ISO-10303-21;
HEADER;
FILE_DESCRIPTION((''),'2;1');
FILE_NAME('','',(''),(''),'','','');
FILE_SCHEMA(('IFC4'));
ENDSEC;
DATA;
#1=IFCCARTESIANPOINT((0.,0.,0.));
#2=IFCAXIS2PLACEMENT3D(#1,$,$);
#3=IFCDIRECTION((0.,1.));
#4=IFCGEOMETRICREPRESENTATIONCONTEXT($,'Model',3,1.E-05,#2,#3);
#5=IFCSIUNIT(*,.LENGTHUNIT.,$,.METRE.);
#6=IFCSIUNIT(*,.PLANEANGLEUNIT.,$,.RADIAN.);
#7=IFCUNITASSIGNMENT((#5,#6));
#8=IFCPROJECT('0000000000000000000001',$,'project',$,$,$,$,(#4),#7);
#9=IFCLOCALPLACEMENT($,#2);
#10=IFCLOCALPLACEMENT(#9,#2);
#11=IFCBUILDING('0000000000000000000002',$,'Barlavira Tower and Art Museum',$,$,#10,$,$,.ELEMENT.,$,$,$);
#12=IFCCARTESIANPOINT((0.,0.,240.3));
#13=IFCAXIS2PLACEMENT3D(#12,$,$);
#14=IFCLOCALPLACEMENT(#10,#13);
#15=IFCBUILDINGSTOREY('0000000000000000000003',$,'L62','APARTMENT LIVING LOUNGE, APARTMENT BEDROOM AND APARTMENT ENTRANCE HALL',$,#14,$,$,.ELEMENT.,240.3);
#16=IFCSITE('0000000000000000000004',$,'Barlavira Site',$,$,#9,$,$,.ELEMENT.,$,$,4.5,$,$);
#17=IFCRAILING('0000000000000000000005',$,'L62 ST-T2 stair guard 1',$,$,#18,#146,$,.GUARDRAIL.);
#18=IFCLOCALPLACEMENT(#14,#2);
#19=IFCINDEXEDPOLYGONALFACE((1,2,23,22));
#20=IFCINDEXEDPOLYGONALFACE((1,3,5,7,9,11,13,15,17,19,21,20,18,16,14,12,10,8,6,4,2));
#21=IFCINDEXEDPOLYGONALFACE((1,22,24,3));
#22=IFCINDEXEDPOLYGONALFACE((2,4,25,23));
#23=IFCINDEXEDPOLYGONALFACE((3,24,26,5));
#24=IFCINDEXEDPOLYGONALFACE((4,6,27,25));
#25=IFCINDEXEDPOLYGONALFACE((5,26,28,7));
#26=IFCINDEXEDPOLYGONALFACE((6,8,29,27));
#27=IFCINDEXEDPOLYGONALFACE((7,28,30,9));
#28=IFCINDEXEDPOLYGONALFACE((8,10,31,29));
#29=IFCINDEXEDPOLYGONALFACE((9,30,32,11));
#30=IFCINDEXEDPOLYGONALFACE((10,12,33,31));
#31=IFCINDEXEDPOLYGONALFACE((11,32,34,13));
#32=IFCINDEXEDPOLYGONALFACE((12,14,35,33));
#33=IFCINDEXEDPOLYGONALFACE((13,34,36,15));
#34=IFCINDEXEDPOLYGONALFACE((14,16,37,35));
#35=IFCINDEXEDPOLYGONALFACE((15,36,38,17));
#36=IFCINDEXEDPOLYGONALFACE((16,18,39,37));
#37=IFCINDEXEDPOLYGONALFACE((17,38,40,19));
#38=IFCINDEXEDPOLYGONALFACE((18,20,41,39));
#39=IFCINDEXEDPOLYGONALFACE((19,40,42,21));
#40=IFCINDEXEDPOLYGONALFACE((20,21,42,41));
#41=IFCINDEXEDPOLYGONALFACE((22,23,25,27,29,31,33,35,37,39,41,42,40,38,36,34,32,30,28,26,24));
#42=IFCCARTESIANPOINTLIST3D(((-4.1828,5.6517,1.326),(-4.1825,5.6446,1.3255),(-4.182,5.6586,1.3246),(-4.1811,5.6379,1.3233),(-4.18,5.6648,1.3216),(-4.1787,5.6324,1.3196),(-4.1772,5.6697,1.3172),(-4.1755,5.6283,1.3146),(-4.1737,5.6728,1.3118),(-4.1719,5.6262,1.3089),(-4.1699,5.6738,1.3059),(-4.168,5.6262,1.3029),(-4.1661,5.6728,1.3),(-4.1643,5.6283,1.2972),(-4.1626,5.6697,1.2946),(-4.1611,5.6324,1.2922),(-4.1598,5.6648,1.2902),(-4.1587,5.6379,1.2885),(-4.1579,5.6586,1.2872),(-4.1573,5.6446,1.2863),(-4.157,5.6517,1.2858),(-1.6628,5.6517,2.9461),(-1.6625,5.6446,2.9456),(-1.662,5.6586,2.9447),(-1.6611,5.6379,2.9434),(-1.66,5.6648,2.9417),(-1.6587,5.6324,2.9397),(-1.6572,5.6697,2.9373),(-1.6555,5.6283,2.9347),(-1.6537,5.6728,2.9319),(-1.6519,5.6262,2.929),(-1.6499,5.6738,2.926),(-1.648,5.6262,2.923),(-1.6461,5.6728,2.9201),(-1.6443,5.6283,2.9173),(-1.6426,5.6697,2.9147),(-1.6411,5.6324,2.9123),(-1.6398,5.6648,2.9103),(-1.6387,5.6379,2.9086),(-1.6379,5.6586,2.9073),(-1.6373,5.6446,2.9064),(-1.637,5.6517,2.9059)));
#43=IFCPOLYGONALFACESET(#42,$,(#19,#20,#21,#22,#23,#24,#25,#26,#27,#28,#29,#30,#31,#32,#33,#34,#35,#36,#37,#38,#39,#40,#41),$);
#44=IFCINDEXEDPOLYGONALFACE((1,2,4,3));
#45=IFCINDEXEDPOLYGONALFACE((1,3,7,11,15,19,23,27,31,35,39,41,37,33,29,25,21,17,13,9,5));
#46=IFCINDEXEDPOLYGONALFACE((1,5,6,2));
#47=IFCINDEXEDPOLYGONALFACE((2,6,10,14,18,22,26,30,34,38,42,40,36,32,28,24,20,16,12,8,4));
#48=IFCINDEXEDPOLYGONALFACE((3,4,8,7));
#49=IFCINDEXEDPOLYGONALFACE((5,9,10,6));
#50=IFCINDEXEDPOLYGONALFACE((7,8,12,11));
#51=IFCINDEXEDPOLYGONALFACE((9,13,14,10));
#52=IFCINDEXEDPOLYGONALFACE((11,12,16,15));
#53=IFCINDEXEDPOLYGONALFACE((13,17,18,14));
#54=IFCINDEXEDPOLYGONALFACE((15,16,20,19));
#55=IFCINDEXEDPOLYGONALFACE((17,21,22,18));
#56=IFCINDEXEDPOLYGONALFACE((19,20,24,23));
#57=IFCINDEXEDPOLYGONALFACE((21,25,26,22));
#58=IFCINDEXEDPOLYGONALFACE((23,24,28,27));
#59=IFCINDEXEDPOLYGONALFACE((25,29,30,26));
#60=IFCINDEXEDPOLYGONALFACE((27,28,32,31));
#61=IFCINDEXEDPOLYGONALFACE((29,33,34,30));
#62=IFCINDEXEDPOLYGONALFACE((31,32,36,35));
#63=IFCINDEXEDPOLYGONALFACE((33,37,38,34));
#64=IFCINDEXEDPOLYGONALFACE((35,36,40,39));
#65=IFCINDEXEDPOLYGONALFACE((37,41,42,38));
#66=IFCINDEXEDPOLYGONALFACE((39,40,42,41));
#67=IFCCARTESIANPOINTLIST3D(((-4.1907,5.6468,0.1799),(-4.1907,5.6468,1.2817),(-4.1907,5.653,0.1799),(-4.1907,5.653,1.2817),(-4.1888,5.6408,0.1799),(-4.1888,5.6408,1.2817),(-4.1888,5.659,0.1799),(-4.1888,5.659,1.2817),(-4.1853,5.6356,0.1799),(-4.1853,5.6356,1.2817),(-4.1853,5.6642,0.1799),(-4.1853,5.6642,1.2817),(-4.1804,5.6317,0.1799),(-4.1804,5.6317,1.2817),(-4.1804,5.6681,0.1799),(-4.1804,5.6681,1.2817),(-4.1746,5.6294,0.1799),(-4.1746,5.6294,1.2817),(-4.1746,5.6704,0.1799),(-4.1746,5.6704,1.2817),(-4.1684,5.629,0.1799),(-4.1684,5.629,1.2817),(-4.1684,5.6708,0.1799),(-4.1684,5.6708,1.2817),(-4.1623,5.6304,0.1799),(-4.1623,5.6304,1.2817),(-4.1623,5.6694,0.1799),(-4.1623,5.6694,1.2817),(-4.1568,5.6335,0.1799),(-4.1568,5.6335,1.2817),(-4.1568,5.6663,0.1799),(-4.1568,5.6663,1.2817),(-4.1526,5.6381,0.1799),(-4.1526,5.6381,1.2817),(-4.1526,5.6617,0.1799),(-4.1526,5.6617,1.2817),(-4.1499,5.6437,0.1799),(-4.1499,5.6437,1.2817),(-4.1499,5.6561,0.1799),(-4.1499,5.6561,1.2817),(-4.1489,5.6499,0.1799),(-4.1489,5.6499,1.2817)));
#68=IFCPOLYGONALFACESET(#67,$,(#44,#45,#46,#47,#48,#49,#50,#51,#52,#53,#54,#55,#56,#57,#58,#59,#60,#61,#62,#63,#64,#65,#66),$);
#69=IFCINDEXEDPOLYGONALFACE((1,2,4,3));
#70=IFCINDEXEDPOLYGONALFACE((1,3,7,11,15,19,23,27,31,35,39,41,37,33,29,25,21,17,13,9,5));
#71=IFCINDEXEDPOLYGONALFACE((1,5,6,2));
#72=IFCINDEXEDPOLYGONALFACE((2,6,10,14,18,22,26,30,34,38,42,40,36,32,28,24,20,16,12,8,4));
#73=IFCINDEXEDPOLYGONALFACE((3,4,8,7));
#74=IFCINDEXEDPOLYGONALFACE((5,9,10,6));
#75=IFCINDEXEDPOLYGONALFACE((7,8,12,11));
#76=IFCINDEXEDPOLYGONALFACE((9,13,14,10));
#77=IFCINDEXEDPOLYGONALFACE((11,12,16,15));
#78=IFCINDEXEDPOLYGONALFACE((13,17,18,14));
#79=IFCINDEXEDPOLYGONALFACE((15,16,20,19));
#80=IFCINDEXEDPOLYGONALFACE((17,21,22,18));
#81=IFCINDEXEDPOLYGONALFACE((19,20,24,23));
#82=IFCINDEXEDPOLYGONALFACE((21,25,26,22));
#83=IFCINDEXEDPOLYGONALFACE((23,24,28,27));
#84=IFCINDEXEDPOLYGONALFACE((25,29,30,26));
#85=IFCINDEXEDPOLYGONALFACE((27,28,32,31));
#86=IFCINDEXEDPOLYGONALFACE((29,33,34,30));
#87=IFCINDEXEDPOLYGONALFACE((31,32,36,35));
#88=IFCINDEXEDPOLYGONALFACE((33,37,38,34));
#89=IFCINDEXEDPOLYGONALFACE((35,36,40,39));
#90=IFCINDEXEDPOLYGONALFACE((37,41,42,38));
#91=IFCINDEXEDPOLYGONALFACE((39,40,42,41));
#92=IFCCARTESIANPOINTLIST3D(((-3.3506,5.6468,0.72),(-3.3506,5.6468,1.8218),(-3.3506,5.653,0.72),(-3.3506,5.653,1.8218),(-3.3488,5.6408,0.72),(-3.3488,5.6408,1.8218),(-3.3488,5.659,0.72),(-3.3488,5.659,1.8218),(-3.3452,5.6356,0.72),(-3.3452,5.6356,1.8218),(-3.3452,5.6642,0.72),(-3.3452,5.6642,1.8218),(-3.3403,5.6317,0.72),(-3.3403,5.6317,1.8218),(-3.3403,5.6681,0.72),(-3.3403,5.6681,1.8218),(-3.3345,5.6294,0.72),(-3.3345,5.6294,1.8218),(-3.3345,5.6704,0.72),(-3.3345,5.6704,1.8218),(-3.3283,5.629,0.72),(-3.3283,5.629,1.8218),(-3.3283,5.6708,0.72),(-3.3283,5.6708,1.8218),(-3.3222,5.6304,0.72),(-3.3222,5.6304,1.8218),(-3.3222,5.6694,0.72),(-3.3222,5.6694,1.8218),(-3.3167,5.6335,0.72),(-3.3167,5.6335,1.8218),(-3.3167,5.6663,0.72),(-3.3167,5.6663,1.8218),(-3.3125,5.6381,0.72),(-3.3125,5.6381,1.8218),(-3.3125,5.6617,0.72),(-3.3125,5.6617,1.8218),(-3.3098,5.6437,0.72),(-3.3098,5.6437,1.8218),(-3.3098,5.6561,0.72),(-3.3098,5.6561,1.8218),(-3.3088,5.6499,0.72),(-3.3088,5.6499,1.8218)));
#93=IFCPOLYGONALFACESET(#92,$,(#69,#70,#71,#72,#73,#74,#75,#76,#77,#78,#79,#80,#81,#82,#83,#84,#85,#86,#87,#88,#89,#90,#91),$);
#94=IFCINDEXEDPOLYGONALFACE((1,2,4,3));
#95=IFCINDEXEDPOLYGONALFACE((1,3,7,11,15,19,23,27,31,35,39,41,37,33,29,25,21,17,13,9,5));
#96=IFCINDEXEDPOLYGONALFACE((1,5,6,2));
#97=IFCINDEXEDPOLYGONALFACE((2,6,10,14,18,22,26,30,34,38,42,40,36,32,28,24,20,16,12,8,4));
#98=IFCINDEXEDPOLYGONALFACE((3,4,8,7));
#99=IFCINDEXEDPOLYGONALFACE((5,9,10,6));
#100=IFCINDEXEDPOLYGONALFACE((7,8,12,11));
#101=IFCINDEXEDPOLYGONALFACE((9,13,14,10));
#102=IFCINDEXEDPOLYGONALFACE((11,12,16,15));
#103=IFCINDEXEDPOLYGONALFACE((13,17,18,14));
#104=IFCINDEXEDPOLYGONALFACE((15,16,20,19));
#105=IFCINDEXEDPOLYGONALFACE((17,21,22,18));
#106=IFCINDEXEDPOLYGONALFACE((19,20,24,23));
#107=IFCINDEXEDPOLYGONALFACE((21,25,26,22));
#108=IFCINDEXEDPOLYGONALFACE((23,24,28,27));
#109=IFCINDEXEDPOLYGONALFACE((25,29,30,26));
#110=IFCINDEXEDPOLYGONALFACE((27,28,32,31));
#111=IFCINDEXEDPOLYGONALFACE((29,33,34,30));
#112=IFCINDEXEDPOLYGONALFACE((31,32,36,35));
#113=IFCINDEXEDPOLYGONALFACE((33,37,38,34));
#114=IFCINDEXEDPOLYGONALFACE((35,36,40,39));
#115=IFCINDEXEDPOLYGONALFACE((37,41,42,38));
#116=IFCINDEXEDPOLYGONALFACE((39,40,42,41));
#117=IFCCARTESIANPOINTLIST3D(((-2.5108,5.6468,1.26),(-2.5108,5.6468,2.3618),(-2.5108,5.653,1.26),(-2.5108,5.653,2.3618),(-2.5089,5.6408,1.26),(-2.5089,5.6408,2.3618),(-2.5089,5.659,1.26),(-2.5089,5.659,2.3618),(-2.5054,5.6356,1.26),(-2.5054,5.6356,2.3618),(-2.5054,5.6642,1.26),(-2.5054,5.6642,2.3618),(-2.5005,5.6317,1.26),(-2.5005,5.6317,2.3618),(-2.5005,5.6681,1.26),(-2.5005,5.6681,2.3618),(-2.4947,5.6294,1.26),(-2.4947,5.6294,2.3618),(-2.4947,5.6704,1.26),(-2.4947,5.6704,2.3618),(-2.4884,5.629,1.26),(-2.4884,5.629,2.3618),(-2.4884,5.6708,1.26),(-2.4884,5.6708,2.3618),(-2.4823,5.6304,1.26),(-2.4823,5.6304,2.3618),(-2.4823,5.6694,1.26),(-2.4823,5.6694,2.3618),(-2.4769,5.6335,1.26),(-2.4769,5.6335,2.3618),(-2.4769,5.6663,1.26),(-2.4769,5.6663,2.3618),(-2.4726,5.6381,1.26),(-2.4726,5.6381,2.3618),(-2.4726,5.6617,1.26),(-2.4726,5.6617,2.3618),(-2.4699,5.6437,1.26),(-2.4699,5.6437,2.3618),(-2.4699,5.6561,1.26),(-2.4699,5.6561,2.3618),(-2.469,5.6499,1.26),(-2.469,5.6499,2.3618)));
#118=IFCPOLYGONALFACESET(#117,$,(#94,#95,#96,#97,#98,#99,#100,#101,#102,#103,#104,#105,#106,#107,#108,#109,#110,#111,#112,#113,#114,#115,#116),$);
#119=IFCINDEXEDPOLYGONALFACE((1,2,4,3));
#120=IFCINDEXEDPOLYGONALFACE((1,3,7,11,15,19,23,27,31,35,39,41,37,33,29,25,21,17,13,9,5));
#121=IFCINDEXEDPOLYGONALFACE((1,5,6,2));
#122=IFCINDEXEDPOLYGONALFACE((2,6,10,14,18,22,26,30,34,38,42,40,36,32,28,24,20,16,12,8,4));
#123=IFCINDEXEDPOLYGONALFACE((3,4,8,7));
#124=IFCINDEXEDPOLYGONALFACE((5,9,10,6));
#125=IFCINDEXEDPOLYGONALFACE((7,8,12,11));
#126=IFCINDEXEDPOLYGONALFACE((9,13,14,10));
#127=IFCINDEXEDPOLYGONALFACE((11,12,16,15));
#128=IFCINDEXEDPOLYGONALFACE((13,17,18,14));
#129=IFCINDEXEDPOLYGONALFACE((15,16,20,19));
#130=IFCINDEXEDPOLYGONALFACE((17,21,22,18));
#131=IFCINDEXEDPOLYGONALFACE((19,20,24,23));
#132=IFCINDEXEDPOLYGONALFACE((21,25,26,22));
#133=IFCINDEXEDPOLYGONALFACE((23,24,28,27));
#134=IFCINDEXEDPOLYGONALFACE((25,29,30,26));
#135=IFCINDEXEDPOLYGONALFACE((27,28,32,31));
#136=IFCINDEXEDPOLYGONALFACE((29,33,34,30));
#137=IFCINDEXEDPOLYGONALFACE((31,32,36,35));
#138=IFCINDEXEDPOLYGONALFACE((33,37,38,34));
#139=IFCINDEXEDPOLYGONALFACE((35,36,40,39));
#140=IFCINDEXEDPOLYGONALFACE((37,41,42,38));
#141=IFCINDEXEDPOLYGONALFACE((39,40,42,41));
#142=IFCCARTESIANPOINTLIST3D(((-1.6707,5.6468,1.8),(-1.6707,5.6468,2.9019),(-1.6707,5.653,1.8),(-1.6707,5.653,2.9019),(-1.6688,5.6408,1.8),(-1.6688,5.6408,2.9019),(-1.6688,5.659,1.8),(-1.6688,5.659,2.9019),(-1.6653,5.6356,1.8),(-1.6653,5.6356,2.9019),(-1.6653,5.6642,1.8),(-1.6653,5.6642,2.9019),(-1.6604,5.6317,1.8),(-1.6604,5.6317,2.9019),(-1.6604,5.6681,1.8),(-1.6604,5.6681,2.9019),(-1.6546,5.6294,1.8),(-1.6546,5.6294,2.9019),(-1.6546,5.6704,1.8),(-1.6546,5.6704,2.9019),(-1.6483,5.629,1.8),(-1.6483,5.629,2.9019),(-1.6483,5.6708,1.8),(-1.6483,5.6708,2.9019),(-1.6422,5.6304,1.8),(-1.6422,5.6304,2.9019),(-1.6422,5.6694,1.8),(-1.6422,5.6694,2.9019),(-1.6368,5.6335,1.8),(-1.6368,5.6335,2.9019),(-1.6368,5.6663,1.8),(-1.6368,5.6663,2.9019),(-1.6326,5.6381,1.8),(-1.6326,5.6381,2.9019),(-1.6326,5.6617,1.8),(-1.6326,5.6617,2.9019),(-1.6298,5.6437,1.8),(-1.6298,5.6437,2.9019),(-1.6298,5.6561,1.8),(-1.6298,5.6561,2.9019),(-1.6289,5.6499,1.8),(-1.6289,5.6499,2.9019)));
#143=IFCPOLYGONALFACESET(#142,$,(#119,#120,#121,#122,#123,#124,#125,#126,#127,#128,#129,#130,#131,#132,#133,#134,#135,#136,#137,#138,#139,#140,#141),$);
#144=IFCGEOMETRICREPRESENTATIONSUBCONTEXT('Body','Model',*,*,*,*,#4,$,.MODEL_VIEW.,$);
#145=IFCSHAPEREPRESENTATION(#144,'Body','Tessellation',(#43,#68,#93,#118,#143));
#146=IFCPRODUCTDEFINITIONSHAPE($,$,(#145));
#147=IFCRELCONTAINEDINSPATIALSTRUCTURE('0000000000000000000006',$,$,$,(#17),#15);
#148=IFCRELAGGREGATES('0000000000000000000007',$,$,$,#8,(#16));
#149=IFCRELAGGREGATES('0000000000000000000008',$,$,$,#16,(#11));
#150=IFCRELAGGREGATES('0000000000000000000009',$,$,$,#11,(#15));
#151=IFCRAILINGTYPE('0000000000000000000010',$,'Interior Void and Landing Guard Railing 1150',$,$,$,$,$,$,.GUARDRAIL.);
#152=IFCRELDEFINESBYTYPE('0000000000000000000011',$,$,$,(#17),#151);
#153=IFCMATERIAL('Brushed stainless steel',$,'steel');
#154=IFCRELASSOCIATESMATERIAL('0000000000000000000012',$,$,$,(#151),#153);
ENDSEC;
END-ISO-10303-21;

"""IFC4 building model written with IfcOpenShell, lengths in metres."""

from ifc_helpers import new_model, si_unit, direction, frame, origin, origin_2d, place, context, subcontext, project, spatial, circle, extrude, material, type_object, element, save


model = new_model("IFC4")

# Units and contexts
model_context = context("Model", 3, precision=1e-05, world=origin(), true_north=direction((0.0, 1.0)))
body_context = subcontext(model_context, "Body", "Model", "MODEL_VIEW")
ifc_project = project(units=[si_unit("LENGTHUNIT", "METRE"), si_unit("PLANEANGLEUNIT", "RADIAN")], contexts=[model_context])

# Site, building, storey
site_placement = place(None, origin())
site = spatial("IfcSite", under=ifc_project, at=site_placement, Name="Barlavira Site", CompositionType="ELEMENT", RefElevation=4.5)
building_placement = place(site_placement, origin())
building = spatial("IfcBuilding", under=site, at=building_placement, Name="Barlavira Tower and Art Museum", CompositionType="ELEMENT")
storey_placement = place(building_placement, frame((0.0, 0.0, 240.3)))
storey = spatial("IfcBuildingStorey", under=building, at=storey_placement, Name="L62", Description="APARTMENT LIVING LOUNGE, APARTMENT BEDROOM AND APARTMENT ENTRANCE HALL", CompositionType="ELEMENT", Elevation=240.3)

# Shared definitions
ifc_material_1 = material(Name="Brushed stainless steel", Category="steel")

# Railing
railing_type_1 = type_object("IfcRailingType", Name="Interior Void and Landing Guard Railing 1150", PredefinedType="GUARDRAIL", material=ifc_material_1)
railing_1_placement = place(storey_placement, frame((-4.1699, 5.6499, 0.1799)))
element("IfcRailing", 1, at=railing_1_placement, inside=storey, type_object=railing_type_1, Name="L62 ST-T2 stair guard 1", PredefinedType="GUARDRAIL", context=body_context, shape_type="SweptSolid", body=[
    extrude(circle(Radius=0.0239, at=origin_2d()), frame((0.0, 0.0, 1.126), z_axis=(0.841163, 0.0, 0.540782), x_axis=(0.0, 1.0, 0.0)), (0.0, 0.0, 1.0), 2.9958),
    extrude(circle(Radius=0.021, at=origin_2d()), origin(), (0.0, 0.0, 1.0), 1.1018),
    extrude(circle(Radius=0.021, at=origin_2d()), frame((0.8401, 0.0, 0.54)), (0.0, 0.0, 1.0), 1.1018),
    extrude(circle(Radius=0.021, at=origin_2d()), frame((1.6799, 0.0, 1.0801)), (0.0, 0.0, 1.0), 1.1018),
    extrude(circle(Radius=0.021, at=origin_2d()), frame((2.52, 0.0, 1.6201)), (0.0, 0.0, 1.0), 1.1018),
])

save(model, "model.ifc")
